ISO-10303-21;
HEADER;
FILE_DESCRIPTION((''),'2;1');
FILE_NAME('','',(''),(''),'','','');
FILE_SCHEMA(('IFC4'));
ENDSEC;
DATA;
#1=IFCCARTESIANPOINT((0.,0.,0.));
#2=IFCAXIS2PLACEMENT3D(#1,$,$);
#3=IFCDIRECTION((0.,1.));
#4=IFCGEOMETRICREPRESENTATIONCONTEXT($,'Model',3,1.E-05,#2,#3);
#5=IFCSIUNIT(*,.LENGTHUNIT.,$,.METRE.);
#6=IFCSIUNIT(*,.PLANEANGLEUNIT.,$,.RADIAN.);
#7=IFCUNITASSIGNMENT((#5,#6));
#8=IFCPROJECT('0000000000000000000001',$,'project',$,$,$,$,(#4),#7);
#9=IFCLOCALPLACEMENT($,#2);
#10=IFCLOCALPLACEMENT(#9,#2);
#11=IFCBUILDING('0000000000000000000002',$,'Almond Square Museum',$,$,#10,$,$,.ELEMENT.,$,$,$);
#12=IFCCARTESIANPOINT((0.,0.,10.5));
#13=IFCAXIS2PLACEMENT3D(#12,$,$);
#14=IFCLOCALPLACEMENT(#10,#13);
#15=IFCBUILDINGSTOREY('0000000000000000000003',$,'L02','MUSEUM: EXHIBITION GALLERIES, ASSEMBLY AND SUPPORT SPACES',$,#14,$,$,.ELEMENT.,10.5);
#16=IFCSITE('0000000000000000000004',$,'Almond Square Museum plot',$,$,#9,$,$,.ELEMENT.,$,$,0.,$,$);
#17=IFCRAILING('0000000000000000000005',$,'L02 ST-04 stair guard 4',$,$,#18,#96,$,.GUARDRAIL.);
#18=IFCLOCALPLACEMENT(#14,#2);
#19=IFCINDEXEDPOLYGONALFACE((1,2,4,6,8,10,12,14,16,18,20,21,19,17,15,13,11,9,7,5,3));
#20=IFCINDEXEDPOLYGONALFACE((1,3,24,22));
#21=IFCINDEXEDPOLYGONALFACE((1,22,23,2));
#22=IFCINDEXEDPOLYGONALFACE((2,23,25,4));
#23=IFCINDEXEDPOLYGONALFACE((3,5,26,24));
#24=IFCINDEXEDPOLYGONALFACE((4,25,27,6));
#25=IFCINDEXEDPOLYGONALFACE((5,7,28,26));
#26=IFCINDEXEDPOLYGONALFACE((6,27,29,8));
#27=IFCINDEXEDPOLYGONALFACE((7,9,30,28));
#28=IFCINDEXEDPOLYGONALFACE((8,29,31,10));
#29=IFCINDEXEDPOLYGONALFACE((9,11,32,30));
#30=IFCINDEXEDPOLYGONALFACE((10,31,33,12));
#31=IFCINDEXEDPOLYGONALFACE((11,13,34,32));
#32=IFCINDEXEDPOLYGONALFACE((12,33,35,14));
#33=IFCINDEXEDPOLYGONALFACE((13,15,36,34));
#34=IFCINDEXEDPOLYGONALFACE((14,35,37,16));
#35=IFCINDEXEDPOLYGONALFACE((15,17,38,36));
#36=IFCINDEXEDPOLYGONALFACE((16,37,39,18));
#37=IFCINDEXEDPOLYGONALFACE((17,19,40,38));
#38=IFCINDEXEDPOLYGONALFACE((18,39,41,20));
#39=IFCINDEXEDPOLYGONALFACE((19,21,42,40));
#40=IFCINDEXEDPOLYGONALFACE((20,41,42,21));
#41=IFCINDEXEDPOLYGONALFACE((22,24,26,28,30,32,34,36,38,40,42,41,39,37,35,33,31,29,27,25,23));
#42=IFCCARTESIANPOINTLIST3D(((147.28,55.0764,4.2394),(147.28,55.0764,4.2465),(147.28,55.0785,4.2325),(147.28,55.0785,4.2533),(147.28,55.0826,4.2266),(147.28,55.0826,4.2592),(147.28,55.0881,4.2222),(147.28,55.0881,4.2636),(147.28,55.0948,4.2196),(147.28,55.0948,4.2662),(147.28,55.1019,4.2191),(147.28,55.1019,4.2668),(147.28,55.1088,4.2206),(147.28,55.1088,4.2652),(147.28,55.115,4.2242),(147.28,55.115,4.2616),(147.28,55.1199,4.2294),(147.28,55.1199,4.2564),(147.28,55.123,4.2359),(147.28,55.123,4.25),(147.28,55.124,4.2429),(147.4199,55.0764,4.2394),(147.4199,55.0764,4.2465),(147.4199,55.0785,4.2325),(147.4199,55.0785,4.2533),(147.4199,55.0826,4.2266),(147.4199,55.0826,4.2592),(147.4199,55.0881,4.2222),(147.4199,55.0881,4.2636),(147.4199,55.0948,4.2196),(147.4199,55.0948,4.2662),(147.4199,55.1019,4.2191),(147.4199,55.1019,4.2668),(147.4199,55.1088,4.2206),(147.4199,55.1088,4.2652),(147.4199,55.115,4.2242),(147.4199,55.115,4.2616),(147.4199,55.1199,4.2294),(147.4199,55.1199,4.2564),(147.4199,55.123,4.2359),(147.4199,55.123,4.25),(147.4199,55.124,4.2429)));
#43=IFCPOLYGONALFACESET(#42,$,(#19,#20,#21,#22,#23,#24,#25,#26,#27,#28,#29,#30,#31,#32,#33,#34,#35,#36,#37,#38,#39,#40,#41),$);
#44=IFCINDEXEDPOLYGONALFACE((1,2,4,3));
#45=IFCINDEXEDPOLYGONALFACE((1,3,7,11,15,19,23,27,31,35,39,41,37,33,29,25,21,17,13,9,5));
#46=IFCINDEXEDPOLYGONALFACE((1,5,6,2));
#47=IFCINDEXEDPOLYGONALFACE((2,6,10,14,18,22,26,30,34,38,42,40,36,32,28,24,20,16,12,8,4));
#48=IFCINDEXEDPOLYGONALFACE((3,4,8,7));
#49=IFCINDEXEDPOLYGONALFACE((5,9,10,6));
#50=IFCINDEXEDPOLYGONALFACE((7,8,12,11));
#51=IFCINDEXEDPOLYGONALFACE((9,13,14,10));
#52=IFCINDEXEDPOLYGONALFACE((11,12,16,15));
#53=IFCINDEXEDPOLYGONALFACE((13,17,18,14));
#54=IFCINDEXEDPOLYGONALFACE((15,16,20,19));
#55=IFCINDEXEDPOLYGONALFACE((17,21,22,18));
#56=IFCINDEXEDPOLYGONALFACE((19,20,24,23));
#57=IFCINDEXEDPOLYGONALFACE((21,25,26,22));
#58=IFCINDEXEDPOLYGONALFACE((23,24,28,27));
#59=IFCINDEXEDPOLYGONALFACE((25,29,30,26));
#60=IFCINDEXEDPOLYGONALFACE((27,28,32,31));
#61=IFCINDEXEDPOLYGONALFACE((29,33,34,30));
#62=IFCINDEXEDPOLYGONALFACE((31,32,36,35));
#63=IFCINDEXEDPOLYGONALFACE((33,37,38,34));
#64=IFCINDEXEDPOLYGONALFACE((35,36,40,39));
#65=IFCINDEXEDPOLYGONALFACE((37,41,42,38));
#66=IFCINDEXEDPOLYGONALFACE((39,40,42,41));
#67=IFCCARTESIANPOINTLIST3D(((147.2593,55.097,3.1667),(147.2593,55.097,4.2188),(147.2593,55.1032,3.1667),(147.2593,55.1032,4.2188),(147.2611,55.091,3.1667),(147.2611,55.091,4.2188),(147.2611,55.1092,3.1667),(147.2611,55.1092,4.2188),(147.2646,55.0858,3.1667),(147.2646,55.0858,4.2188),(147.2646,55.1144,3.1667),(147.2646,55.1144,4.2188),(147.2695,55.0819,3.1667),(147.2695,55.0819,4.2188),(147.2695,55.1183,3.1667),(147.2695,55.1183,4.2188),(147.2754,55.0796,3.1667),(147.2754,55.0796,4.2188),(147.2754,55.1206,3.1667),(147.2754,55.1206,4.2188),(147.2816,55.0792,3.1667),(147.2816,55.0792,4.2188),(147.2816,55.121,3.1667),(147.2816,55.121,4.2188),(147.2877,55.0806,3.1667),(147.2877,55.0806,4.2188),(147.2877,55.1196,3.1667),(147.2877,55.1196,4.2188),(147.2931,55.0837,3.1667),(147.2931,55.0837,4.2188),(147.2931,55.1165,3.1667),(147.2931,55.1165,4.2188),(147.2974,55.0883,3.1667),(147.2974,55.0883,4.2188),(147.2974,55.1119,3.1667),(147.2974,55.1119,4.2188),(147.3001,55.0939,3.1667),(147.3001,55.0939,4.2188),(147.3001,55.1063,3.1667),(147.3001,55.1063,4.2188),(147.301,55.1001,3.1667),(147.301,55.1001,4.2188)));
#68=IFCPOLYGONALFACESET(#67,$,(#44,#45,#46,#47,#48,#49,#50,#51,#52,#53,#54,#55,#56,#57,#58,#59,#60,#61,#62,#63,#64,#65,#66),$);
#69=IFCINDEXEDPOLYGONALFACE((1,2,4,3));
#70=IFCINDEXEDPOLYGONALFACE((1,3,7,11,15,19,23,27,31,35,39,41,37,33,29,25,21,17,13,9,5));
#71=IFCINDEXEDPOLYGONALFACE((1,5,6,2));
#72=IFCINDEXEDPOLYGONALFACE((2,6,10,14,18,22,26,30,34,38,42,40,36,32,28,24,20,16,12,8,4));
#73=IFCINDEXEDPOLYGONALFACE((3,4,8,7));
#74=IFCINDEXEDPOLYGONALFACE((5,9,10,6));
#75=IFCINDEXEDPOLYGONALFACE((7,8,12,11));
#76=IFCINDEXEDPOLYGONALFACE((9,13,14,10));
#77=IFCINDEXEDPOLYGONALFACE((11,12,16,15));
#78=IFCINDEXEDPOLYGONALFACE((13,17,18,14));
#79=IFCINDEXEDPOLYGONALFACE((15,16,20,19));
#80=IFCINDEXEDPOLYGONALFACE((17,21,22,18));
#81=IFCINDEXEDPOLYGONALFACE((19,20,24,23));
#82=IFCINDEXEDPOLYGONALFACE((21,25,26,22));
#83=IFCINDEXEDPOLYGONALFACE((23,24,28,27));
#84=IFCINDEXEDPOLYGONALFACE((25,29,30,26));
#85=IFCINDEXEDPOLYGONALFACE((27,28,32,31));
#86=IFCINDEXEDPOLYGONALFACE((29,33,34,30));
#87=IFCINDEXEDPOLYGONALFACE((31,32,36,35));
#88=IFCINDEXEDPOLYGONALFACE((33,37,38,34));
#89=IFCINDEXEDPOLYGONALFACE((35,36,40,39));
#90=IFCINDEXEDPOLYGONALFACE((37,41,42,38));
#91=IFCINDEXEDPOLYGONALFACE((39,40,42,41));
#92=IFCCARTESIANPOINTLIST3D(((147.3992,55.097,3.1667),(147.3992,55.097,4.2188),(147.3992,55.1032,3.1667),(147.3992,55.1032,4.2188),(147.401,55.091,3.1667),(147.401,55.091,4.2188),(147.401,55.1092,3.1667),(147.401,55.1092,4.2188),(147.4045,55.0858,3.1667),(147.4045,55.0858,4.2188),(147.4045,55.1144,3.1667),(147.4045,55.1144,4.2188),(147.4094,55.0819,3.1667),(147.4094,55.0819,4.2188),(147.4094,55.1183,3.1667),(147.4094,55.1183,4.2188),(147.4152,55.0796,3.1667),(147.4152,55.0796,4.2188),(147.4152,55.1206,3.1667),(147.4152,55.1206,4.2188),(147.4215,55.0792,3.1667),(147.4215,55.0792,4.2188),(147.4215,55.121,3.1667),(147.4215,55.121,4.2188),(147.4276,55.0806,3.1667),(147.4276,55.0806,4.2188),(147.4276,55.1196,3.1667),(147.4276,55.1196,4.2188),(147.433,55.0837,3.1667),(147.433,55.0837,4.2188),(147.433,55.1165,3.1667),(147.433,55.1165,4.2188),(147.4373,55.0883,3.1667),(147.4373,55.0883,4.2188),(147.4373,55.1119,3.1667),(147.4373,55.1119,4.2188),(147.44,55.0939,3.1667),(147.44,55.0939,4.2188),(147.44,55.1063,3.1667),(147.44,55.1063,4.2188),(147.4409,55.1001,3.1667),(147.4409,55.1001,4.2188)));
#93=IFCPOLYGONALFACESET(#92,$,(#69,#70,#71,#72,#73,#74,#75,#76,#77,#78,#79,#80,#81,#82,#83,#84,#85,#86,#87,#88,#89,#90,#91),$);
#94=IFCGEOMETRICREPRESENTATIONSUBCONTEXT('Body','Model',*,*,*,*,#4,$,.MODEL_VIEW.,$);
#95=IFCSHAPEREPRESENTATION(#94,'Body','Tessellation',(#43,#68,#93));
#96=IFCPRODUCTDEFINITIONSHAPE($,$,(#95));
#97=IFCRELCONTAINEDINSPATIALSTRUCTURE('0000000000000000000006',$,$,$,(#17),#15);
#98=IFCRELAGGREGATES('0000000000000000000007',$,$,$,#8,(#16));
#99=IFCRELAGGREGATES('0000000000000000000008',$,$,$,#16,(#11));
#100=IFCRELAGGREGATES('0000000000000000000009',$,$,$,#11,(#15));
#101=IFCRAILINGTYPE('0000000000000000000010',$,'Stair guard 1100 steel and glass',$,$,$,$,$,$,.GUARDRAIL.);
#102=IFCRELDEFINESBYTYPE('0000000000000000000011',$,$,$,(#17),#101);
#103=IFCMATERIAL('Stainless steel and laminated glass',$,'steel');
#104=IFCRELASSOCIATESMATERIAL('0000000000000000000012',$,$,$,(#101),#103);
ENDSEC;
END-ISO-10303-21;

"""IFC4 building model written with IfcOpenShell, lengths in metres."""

from ifc_helpers import new_model, si_unit, direction, frame, origin, origin_2d, place, context, subcontext, project, spatial, circle, extrude, material, type_object, element, save


model = new_model("IFC4")

# Units and contexts
model_context = context("Model", 3, precision=1e-05, world=origin(), true_north=direction((0.0, 1.0)))
body_context = subcontext(model_context, "Body", "Model", "MODEL_VIEW")
ifc_project = project(units=[si_unit("LENGTHUNIT", "METRE"), si_unit("PLANEANGLEUNIT", "RADIAN")], contexts=[model_context])

# Site, building, storey
site_placement = place(None, origin())
site = spatial("IfcSite", under=ifc_project, at=site_placement, Name="Almond Square Museum plot", CompositionType="ELEMENT", RefElevation=0.0)
building_placement = place(site_placement, origin())
building = spatial("IfcBuilding", under=site, at=building_placement, Name="Almond Square Museum", CompositionType="ELEMENT")
storey_placement = place(building_placement, frame((0.0, 0.0, 10.5)))
storey = spatial("IfcBuildingStorey", under=building, at=storey_placement, Name="L02", Description="MUSEUM: EXHIBITION GALLERIES, ASSEMBLY AND SUPPORT SPACES", CompositionType="ELEMENT", Elevation=10.5)

# Railing
ifc_material_1 = material(Name="Stainless steel and laminated glass", Category="steel")
railing_type_1 = type_object("IfcRailingType", Name="Stair guard 1100 steel and glass", PredefinedType="GUARDRAIL", material=ifc_material_1)
railing_1_placement = place(storey_placement, frame((147.28, 55.1001, 3.1667)))
element("IfcRailing", 1, at=railing_1_placement, inside=storey, type_object=railing_type_1, Name="L02 ST-04 stair guard 4", PredefinedType="GUARDRAIL", context=body_context, shape_type="SweptSolid", body=[
    extrude(circle(Radius=0.0239, at=origin_2d()), frame((0.0, 0.0, 1.0762), z_axis=(1.0, 0.0, 0.0), x_axis=(0.0, 1.0, 0.0)), (0.0, 0.0, 1.0), 0.1399),
    extrude(circle(Radius=0.021, at=origin_2d()), origin(), (0.0, 0.0, 1.0), 1.052),
    extrude(circle(Radius=0.021, at=origin_2d()), frame((0.1399, 0.0, 0.0)), (0.0, 0.0, 1.0), 1.052),
])

save(model, "model.ifc")
